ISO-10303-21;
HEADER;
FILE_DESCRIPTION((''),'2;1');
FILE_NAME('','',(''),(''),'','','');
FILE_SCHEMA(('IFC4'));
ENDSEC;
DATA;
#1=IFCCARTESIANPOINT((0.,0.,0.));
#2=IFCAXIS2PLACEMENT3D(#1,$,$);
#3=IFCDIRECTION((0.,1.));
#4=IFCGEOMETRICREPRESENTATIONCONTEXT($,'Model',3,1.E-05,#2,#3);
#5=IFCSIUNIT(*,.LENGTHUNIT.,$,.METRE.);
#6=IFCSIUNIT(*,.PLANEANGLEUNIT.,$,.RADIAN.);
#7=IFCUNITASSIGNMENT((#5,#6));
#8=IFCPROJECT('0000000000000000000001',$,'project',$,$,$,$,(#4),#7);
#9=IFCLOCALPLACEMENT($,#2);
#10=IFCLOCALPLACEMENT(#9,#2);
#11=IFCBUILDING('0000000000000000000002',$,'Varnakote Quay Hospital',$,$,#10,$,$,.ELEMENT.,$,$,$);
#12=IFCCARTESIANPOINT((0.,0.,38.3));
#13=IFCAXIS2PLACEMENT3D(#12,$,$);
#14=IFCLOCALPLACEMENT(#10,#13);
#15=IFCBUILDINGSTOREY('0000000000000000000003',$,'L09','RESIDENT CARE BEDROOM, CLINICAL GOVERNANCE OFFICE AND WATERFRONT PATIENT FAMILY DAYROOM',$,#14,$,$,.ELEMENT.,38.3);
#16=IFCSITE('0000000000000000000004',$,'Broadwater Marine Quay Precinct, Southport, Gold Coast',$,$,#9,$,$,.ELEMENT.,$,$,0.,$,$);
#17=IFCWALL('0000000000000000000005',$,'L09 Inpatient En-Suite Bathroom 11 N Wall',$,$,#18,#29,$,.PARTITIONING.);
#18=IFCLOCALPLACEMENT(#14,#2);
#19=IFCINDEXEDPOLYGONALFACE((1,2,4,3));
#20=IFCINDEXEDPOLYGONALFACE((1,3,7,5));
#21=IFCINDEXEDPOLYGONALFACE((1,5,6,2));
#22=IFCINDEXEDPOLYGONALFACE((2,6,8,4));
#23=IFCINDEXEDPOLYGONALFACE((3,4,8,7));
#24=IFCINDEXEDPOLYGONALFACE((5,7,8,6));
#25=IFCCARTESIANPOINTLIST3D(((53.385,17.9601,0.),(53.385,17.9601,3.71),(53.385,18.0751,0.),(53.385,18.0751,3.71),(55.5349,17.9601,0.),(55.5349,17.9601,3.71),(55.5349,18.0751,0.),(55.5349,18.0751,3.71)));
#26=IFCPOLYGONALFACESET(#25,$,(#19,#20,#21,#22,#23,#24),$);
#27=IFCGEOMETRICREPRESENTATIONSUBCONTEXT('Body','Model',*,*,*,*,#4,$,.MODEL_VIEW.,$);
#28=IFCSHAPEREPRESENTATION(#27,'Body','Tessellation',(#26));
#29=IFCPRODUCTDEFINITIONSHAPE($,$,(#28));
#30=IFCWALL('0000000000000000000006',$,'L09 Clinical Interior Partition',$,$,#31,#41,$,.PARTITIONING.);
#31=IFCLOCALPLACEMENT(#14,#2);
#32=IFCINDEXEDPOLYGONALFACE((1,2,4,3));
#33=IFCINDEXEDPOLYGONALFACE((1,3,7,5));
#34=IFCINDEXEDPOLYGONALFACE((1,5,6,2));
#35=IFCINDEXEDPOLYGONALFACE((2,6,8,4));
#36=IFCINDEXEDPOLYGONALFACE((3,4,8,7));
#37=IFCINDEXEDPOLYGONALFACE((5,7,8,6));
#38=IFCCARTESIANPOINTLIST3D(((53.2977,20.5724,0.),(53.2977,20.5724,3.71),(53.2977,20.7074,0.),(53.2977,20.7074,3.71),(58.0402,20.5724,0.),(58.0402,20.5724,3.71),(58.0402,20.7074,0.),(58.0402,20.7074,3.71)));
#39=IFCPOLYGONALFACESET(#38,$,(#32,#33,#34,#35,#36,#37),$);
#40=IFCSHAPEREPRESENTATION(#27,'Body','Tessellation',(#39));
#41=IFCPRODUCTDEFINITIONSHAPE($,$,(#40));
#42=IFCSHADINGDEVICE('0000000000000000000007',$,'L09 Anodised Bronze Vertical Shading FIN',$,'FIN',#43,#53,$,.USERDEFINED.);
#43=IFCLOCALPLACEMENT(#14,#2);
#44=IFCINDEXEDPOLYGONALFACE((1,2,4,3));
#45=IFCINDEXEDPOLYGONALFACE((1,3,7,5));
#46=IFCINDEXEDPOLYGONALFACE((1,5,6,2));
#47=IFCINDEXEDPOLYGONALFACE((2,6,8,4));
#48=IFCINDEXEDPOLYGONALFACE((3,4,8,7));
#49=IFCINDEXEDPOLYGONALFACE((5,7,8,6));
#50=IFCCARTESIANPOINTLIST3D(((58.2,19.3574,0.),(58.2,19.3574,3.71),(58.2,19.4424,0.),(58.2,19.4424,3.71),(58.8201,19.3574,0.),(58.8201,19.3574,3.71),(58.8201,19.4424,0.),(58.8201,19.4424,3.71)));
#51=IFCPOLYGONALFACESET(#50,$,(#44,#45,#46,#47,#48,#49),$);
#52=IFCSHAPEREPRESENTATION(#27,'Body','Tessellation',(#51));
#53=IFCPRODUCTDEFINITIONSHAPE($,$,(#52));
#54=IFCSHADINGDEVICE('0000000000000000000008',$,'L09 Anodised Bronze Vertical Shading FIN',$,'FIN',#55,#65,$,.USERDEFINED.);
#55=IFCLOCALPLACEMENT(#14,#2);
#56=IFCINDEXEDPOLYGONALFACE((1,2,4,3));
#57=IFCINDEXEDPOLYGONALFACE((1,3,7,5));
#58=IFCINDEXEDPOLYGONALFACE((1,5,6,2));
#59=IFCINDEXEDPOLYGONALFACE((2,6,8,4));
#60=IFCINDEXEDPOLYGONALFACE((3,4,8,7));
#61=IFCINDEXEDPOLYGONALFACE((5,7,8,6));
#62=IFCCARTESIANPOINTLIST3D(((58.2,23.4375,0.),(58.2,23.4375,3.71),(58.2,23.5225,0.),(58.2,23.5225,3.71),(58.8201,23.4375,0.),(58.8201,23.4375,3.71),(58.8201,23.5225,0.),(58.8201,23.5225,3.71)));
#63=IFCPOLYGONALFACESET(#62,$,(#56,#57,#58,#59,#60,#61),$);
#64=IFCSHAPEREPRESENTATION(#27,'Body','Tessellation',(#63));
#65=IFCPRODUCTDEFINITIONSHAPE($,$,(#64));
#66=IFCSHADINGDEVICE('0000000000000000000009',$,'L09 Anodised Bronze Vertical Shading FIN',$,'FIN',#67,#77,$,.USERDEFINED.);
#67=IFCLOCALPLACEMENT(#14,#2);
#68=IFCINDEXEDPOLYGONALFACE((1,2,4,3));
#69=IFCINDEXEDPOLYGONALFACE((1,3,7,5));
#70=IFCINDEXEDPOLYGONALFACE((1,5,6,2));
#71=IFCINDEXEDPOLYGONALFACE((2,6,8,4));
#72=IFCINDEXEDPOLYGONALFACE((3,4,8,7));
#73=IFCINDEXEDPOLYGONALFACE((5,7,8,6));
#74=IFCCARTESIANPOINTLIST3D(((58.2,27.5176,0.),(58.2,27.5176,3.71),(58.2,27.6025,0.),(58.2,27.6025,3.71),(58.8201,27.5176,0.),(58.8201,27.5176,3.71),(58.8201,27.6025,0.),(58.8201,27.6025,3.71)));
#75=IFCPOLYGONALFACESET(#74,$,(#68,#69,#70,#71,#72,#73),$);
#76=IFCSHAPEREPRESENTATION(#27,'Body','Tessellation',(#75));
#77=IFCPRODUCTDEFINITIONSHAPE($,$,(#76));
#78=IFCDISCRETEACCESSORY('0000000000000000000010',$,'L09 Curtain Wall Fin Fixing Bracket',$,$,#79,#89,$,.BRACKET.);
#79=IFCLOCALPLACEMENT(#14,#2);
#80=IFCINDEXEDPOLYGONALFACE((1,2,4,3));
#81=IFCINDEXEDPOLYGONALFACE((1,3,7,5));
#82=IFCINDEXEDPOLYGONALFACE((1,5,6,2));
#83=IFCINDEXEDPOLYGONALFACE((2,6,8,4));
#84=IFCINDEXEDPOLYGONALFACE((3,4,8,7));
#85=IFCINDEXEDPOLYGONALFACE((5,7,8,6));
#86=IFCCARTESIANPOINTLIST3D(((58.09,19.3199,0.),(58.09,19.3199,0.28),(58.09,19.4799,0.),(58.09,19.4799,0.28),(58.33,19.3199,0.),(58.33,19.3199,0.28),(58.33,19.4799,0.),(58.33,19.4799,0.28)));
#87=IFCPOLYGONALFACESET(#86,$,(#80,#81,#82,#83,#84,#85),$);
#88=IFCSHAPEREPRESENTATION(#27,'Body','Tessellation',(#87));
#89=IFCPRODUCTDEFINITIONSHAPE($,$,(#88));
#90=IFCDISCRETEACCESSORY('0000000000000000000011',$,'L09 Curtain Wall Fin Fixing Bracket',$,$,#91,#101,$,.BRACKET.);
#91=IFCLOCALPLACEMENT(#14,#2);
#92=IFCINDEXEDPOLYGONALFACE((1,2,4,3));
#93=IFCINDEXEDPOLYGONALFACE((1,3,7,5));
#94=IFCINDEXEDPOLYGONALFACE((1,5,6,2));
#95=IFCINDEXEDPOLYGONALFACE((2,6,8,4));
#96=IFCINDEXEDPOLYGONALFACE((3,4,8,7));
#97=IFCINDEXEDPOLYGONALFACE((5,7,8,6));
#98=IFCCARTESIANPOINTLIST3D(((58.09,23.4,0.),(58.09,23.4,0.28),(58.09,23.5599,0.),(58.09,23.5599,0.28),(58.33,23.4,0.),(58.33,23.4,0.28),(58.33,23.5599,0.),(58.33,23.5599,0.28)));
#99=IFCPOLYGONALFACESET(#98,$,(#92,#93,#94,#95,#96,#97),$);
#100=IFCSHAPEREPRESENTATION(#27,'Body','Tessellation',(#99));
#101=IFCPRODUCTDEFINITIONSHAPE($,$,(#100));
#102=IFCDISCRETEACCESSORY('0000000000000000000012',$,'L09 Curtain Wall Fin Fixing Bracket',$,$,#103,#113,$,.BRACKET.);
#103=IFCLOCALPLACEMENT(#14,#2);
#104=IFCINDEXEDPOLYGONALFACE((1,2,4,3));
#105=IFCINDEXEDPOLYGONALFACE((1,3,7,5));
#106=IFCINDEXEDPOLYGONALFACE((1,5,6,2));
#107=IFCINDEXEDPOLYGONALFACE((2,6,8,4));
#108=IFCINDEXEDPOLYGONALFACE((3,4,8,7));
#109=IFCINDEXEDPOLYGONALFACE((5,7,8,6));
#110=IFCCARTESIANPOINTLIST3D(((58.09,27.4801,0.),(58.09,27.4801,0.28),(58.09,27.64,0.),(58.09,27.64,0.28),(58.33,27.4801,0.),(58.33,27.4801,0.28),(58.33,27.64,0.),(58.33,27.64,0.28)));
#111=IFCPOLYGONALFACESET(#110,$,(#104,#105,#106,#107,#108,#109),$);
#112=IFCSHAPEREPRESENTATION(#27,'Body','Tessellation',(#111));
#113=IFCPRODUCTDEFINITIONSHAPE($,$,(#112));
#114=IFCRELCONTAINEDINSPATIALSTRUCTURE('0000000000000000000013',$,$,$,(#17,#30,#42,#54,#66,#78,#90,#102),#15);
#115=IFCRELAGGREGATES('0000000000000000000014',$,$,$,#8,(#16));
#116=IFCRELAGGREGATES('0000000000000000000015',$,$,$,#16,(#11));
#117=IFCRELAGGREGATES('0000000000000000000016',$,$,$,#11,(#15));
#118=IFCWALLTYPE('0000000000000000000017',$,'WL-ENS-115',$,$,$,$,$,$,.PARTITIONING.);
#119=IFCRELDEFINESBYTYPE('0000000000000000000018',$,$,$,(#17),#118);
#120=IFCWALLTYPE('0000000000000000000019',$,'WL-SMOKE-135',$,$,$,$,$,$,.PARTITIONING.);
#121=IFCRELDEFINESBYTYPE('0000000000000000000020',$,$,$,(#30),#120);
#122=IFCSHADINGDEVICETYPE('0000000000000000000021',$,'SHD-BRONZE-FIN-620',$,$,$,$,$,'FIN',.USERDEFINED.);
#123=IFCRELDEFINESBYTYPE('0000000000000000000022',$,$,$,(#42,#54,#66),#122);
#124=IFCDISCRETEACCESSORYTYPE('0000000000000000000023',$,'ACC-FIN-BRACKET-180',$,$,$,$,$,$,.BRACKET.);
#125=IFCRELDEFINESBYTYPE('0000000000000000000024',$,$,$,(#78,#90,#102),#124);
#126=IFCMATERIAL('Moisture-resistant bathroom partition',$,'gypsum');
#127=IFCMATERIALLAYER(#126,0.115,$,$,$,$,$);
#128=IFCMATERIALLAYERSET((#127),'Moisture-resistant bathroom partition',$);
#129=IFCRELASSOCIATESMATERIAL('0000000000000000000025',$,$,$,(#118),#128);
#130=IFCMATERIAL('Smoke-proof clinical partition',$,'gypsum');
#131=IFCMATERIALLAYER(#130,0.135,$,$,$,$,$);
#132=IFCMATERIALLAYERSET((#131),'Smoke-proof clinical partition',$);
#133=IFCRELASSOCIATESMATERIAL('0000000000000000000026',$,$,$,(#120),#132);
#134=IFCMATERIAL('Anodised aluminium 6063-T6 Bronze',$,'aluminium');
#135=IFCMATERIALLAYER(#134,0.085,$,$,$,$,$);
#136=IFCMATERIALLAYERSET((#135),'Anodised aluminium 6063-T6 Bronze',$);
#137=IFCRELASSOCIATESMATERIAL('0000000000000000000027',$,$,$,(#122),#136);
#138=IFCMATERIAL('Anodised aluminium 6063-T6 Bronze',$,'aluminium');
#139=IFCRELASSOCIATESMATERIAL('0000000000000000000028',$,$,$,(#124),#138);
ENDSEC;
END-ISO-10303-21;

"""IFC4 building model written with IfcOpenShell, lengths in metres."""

from ifc_helpers import new_model, si_unit, direction, frame, frame_2d, origin, origin_2d, place, context, subcontext, project, spatial, rectangle, extrude, material, layer, layer_set, type_object, element, save


model = new_model("IFC4")

# Units and contexts
model_context = context("Model", 3, precision=1e-05, world=origin(), true_north=direction((0.0, 1.0)))
body_context = subcontext(model_context, "Body", "Model", "MODEL_VIEW")
ifc_project = project(units=[si_unit("LENGTHUNIT", "METRE"), si_unit("PLANEANGLEUNIT", "RADIAN")], contexts=[model_context])

# Site, building, storey
site_placement = place(None, origin())
site = spatial("IfcSite", under=ifc_project, at=site_placement, Name="Broadwater Marine Quay Precinct, Southport, Gold Coast", CompositionType="ELEMENT", RefElevation=0.0)
building_placement = place(site_placement, origin())
building = spatial("IfcBuilding", under=site, at=building_placement, Name="Varnakote Quay Hospital", CompositionType="ELEMENT")
storey_placement = place(building_placement, frame((0.0, 0.0, 38.3)))
storey = spatial("IfcBuildingStorey", under=building, at=storey_placement, Name="L09", Description="RESIDENT CARE BEDROOM, CLINICAL GOVERNANCE OFFICE AND WATERFRONT PATIENT FAMILY DAYROOM", CompositionType="ELEMENT", Elevation=38.3)

# Walls
ifc_material_1 = material(Name="Moisture-resistant bathroom partition", Category="gypsum")
ifc_layer_1 = layer(ifc_material_1, 0.115)
ifc_layer_set_1 = layer_set([ifc_layer_1], Name="Moisture-resistant bathroom partition")
wall_type_1 = type_object("IfcWallType", Name="WL-ENS-115", PredefinedType="PARTITIONING", material=ifc_layer_set_1)
wall_1_placement = place(storey_placement, frame((53.385, 18.0176, 0.0), z_axis=(0.0, 0.0, 1.0), x_axis=(1.0, 0.0, 0.0)))
element("IfcWall", 1, at=wall_1_placement, inside=storey, type_object=wall_type_1, Name="L09 Inpatient En-Suite Bathroom 11 N Wall", PredefinedType="PARTITIONING", context=body_context, shape_type="SweptSolid", body=[
    extrude(rectangle(XDim=2.1499, YDim=0.115, at=frame_2d((1.075, 0.0))), origin(), (0.0, 0.0, 1.0), 3.71),
])
ifc_material_2 = material(Name="Smoke-proof clinical partition", Category="gypsum")
ifc_layer_2 = layer(ifc_material_2, 0.135)
ifc_layer_set_2 = layer_set([ifc_layer_2], Name="Smoke-proof clinical partition")
wall_type_2 = type_object("IfcWallType", Name="WL-SMOKE-135", PredefinedType="PARTITIONING", material=ifc_layer_set_2)
wall_2_placement = place(storey_placement, frame((58.04, 20.6399, 0.0), z_axis=(0.0, 0.0, 1.0), x_axis=(-1.0, 0.0, 0.0)))
element("IfcWall", 2, at=wall_2_placement, inside=storey, type_object=wall_type_2, Name="L09 Clinical Interior Partition", PredefinedType="PARTITIONING", context=body_context, shape_type="SweptSolid", body=[
    extrude(rectangle(XDim=4.7424, YDim=0.135, at=frame_2d((2.3711, 0.0))), origin(), (0.0, 0.0, 1.0), 3.71),
])

# Shading devices
ifc_material_3 = material(Name="Anodised aluminium 6063-T6 Bronze", Category="aluminium")
ifc_layer_3 = layer(ifc_material_3, 0.085)
ifc_layer_set_3 = layer_set([ifc_layer_3], Name="Anodised aluminium 6063-T6 Bronze")
shading_device_type = type_object("IfcShadingDeviceType", Name="SHD-BRONZE-FIN-620", ElementType="FIN", PredefinedType="USERDEFINED", material=ifc_layer_set_3)
for number, where, z_axis, x_axis, name in (
    (3, (58.51, 19.3999, 0.0), (0.0, 0.0, 1.0), (-1.0, 0.0, 0.0), "L09 Anodised Bronze Vertical Shading FIN"),
    (4, (58.51, 23.48, 0.0), (0.0, 0.0, 1.0), (-1.0, 0.0, 0.0), "L09 Anodised Bronze Vertical Shading FIN"),
    (5, (58.51, 27.5601, 0.0), (0.0, 0.0, 1.0), (-1.0, 0.0, 0.0), "L09 Anodised Bronze Vertical Shading FIN"),
):
    element("IfcShadingDevice", number, at=place(storey_placement, frame(where, z_axis=z_axis, x_axis=x_axis)), inside=storey, type_object=shading_device_type, Name=name, ObjectType="FIN", PredefinedType="USERDEFINED", context=body_context, shape_type="SweptSolid", body=[
        extrude(rectangle(XDim=0.6201, YDim=0.085, at=origin_2d()), origin(), (0.0, 0.0, 1.0), 3.71),
    ])

# Discrete accessories
ifc_material_4 = material(Name="Anodised aluminium 6063-T6 Bronze", Category="aluminium")
discrete_accessory_type = type_object("IfcDiscreteAccessoryType", Name="ACC-FIN-BRACKET-180", PredefinedType="BRACKET", material=ifc_material_4)
for number, where, z_axis, x_axis, name in (
    (6, (58.21, 19.3999, 0.0), (0.0, 0.0, 1.0), (0.0, 1.0, 0.0), "L09 Curtain Wall Fin Fixing Bracket"),
    (7, (58.21, 23.48, 0.0), (0.0, 0.0, 1.0), (0.0, 1.0, 0.0), "L09 Curtain Wall Fin Fixing Bracket"),
    (8, (58.21, 27.5601, 0.0), (0.0, 0.0, 1.0), (0.0, 1.0, 0.0), "L09 Curtain Wall Fin Fixing Bracket"),
):
    element("IfcDiscreteAccessory", number, at=place(storey_placement, frame(where, z_axis=z_axis, x_axis=x_axis)), inside=storey, type_object=discrete_accessory_type, Name=name, PredefinedType="BRACKET", context=body_context, shape_type="SweptSolid", body=[
        extrude(rectangle(XDim=0.1599, YDim=0.24, at=origin_2d()), origin(), (0.0, 0.0, 1.0), 0.28),
    ])

save(model, "model.ifc")
